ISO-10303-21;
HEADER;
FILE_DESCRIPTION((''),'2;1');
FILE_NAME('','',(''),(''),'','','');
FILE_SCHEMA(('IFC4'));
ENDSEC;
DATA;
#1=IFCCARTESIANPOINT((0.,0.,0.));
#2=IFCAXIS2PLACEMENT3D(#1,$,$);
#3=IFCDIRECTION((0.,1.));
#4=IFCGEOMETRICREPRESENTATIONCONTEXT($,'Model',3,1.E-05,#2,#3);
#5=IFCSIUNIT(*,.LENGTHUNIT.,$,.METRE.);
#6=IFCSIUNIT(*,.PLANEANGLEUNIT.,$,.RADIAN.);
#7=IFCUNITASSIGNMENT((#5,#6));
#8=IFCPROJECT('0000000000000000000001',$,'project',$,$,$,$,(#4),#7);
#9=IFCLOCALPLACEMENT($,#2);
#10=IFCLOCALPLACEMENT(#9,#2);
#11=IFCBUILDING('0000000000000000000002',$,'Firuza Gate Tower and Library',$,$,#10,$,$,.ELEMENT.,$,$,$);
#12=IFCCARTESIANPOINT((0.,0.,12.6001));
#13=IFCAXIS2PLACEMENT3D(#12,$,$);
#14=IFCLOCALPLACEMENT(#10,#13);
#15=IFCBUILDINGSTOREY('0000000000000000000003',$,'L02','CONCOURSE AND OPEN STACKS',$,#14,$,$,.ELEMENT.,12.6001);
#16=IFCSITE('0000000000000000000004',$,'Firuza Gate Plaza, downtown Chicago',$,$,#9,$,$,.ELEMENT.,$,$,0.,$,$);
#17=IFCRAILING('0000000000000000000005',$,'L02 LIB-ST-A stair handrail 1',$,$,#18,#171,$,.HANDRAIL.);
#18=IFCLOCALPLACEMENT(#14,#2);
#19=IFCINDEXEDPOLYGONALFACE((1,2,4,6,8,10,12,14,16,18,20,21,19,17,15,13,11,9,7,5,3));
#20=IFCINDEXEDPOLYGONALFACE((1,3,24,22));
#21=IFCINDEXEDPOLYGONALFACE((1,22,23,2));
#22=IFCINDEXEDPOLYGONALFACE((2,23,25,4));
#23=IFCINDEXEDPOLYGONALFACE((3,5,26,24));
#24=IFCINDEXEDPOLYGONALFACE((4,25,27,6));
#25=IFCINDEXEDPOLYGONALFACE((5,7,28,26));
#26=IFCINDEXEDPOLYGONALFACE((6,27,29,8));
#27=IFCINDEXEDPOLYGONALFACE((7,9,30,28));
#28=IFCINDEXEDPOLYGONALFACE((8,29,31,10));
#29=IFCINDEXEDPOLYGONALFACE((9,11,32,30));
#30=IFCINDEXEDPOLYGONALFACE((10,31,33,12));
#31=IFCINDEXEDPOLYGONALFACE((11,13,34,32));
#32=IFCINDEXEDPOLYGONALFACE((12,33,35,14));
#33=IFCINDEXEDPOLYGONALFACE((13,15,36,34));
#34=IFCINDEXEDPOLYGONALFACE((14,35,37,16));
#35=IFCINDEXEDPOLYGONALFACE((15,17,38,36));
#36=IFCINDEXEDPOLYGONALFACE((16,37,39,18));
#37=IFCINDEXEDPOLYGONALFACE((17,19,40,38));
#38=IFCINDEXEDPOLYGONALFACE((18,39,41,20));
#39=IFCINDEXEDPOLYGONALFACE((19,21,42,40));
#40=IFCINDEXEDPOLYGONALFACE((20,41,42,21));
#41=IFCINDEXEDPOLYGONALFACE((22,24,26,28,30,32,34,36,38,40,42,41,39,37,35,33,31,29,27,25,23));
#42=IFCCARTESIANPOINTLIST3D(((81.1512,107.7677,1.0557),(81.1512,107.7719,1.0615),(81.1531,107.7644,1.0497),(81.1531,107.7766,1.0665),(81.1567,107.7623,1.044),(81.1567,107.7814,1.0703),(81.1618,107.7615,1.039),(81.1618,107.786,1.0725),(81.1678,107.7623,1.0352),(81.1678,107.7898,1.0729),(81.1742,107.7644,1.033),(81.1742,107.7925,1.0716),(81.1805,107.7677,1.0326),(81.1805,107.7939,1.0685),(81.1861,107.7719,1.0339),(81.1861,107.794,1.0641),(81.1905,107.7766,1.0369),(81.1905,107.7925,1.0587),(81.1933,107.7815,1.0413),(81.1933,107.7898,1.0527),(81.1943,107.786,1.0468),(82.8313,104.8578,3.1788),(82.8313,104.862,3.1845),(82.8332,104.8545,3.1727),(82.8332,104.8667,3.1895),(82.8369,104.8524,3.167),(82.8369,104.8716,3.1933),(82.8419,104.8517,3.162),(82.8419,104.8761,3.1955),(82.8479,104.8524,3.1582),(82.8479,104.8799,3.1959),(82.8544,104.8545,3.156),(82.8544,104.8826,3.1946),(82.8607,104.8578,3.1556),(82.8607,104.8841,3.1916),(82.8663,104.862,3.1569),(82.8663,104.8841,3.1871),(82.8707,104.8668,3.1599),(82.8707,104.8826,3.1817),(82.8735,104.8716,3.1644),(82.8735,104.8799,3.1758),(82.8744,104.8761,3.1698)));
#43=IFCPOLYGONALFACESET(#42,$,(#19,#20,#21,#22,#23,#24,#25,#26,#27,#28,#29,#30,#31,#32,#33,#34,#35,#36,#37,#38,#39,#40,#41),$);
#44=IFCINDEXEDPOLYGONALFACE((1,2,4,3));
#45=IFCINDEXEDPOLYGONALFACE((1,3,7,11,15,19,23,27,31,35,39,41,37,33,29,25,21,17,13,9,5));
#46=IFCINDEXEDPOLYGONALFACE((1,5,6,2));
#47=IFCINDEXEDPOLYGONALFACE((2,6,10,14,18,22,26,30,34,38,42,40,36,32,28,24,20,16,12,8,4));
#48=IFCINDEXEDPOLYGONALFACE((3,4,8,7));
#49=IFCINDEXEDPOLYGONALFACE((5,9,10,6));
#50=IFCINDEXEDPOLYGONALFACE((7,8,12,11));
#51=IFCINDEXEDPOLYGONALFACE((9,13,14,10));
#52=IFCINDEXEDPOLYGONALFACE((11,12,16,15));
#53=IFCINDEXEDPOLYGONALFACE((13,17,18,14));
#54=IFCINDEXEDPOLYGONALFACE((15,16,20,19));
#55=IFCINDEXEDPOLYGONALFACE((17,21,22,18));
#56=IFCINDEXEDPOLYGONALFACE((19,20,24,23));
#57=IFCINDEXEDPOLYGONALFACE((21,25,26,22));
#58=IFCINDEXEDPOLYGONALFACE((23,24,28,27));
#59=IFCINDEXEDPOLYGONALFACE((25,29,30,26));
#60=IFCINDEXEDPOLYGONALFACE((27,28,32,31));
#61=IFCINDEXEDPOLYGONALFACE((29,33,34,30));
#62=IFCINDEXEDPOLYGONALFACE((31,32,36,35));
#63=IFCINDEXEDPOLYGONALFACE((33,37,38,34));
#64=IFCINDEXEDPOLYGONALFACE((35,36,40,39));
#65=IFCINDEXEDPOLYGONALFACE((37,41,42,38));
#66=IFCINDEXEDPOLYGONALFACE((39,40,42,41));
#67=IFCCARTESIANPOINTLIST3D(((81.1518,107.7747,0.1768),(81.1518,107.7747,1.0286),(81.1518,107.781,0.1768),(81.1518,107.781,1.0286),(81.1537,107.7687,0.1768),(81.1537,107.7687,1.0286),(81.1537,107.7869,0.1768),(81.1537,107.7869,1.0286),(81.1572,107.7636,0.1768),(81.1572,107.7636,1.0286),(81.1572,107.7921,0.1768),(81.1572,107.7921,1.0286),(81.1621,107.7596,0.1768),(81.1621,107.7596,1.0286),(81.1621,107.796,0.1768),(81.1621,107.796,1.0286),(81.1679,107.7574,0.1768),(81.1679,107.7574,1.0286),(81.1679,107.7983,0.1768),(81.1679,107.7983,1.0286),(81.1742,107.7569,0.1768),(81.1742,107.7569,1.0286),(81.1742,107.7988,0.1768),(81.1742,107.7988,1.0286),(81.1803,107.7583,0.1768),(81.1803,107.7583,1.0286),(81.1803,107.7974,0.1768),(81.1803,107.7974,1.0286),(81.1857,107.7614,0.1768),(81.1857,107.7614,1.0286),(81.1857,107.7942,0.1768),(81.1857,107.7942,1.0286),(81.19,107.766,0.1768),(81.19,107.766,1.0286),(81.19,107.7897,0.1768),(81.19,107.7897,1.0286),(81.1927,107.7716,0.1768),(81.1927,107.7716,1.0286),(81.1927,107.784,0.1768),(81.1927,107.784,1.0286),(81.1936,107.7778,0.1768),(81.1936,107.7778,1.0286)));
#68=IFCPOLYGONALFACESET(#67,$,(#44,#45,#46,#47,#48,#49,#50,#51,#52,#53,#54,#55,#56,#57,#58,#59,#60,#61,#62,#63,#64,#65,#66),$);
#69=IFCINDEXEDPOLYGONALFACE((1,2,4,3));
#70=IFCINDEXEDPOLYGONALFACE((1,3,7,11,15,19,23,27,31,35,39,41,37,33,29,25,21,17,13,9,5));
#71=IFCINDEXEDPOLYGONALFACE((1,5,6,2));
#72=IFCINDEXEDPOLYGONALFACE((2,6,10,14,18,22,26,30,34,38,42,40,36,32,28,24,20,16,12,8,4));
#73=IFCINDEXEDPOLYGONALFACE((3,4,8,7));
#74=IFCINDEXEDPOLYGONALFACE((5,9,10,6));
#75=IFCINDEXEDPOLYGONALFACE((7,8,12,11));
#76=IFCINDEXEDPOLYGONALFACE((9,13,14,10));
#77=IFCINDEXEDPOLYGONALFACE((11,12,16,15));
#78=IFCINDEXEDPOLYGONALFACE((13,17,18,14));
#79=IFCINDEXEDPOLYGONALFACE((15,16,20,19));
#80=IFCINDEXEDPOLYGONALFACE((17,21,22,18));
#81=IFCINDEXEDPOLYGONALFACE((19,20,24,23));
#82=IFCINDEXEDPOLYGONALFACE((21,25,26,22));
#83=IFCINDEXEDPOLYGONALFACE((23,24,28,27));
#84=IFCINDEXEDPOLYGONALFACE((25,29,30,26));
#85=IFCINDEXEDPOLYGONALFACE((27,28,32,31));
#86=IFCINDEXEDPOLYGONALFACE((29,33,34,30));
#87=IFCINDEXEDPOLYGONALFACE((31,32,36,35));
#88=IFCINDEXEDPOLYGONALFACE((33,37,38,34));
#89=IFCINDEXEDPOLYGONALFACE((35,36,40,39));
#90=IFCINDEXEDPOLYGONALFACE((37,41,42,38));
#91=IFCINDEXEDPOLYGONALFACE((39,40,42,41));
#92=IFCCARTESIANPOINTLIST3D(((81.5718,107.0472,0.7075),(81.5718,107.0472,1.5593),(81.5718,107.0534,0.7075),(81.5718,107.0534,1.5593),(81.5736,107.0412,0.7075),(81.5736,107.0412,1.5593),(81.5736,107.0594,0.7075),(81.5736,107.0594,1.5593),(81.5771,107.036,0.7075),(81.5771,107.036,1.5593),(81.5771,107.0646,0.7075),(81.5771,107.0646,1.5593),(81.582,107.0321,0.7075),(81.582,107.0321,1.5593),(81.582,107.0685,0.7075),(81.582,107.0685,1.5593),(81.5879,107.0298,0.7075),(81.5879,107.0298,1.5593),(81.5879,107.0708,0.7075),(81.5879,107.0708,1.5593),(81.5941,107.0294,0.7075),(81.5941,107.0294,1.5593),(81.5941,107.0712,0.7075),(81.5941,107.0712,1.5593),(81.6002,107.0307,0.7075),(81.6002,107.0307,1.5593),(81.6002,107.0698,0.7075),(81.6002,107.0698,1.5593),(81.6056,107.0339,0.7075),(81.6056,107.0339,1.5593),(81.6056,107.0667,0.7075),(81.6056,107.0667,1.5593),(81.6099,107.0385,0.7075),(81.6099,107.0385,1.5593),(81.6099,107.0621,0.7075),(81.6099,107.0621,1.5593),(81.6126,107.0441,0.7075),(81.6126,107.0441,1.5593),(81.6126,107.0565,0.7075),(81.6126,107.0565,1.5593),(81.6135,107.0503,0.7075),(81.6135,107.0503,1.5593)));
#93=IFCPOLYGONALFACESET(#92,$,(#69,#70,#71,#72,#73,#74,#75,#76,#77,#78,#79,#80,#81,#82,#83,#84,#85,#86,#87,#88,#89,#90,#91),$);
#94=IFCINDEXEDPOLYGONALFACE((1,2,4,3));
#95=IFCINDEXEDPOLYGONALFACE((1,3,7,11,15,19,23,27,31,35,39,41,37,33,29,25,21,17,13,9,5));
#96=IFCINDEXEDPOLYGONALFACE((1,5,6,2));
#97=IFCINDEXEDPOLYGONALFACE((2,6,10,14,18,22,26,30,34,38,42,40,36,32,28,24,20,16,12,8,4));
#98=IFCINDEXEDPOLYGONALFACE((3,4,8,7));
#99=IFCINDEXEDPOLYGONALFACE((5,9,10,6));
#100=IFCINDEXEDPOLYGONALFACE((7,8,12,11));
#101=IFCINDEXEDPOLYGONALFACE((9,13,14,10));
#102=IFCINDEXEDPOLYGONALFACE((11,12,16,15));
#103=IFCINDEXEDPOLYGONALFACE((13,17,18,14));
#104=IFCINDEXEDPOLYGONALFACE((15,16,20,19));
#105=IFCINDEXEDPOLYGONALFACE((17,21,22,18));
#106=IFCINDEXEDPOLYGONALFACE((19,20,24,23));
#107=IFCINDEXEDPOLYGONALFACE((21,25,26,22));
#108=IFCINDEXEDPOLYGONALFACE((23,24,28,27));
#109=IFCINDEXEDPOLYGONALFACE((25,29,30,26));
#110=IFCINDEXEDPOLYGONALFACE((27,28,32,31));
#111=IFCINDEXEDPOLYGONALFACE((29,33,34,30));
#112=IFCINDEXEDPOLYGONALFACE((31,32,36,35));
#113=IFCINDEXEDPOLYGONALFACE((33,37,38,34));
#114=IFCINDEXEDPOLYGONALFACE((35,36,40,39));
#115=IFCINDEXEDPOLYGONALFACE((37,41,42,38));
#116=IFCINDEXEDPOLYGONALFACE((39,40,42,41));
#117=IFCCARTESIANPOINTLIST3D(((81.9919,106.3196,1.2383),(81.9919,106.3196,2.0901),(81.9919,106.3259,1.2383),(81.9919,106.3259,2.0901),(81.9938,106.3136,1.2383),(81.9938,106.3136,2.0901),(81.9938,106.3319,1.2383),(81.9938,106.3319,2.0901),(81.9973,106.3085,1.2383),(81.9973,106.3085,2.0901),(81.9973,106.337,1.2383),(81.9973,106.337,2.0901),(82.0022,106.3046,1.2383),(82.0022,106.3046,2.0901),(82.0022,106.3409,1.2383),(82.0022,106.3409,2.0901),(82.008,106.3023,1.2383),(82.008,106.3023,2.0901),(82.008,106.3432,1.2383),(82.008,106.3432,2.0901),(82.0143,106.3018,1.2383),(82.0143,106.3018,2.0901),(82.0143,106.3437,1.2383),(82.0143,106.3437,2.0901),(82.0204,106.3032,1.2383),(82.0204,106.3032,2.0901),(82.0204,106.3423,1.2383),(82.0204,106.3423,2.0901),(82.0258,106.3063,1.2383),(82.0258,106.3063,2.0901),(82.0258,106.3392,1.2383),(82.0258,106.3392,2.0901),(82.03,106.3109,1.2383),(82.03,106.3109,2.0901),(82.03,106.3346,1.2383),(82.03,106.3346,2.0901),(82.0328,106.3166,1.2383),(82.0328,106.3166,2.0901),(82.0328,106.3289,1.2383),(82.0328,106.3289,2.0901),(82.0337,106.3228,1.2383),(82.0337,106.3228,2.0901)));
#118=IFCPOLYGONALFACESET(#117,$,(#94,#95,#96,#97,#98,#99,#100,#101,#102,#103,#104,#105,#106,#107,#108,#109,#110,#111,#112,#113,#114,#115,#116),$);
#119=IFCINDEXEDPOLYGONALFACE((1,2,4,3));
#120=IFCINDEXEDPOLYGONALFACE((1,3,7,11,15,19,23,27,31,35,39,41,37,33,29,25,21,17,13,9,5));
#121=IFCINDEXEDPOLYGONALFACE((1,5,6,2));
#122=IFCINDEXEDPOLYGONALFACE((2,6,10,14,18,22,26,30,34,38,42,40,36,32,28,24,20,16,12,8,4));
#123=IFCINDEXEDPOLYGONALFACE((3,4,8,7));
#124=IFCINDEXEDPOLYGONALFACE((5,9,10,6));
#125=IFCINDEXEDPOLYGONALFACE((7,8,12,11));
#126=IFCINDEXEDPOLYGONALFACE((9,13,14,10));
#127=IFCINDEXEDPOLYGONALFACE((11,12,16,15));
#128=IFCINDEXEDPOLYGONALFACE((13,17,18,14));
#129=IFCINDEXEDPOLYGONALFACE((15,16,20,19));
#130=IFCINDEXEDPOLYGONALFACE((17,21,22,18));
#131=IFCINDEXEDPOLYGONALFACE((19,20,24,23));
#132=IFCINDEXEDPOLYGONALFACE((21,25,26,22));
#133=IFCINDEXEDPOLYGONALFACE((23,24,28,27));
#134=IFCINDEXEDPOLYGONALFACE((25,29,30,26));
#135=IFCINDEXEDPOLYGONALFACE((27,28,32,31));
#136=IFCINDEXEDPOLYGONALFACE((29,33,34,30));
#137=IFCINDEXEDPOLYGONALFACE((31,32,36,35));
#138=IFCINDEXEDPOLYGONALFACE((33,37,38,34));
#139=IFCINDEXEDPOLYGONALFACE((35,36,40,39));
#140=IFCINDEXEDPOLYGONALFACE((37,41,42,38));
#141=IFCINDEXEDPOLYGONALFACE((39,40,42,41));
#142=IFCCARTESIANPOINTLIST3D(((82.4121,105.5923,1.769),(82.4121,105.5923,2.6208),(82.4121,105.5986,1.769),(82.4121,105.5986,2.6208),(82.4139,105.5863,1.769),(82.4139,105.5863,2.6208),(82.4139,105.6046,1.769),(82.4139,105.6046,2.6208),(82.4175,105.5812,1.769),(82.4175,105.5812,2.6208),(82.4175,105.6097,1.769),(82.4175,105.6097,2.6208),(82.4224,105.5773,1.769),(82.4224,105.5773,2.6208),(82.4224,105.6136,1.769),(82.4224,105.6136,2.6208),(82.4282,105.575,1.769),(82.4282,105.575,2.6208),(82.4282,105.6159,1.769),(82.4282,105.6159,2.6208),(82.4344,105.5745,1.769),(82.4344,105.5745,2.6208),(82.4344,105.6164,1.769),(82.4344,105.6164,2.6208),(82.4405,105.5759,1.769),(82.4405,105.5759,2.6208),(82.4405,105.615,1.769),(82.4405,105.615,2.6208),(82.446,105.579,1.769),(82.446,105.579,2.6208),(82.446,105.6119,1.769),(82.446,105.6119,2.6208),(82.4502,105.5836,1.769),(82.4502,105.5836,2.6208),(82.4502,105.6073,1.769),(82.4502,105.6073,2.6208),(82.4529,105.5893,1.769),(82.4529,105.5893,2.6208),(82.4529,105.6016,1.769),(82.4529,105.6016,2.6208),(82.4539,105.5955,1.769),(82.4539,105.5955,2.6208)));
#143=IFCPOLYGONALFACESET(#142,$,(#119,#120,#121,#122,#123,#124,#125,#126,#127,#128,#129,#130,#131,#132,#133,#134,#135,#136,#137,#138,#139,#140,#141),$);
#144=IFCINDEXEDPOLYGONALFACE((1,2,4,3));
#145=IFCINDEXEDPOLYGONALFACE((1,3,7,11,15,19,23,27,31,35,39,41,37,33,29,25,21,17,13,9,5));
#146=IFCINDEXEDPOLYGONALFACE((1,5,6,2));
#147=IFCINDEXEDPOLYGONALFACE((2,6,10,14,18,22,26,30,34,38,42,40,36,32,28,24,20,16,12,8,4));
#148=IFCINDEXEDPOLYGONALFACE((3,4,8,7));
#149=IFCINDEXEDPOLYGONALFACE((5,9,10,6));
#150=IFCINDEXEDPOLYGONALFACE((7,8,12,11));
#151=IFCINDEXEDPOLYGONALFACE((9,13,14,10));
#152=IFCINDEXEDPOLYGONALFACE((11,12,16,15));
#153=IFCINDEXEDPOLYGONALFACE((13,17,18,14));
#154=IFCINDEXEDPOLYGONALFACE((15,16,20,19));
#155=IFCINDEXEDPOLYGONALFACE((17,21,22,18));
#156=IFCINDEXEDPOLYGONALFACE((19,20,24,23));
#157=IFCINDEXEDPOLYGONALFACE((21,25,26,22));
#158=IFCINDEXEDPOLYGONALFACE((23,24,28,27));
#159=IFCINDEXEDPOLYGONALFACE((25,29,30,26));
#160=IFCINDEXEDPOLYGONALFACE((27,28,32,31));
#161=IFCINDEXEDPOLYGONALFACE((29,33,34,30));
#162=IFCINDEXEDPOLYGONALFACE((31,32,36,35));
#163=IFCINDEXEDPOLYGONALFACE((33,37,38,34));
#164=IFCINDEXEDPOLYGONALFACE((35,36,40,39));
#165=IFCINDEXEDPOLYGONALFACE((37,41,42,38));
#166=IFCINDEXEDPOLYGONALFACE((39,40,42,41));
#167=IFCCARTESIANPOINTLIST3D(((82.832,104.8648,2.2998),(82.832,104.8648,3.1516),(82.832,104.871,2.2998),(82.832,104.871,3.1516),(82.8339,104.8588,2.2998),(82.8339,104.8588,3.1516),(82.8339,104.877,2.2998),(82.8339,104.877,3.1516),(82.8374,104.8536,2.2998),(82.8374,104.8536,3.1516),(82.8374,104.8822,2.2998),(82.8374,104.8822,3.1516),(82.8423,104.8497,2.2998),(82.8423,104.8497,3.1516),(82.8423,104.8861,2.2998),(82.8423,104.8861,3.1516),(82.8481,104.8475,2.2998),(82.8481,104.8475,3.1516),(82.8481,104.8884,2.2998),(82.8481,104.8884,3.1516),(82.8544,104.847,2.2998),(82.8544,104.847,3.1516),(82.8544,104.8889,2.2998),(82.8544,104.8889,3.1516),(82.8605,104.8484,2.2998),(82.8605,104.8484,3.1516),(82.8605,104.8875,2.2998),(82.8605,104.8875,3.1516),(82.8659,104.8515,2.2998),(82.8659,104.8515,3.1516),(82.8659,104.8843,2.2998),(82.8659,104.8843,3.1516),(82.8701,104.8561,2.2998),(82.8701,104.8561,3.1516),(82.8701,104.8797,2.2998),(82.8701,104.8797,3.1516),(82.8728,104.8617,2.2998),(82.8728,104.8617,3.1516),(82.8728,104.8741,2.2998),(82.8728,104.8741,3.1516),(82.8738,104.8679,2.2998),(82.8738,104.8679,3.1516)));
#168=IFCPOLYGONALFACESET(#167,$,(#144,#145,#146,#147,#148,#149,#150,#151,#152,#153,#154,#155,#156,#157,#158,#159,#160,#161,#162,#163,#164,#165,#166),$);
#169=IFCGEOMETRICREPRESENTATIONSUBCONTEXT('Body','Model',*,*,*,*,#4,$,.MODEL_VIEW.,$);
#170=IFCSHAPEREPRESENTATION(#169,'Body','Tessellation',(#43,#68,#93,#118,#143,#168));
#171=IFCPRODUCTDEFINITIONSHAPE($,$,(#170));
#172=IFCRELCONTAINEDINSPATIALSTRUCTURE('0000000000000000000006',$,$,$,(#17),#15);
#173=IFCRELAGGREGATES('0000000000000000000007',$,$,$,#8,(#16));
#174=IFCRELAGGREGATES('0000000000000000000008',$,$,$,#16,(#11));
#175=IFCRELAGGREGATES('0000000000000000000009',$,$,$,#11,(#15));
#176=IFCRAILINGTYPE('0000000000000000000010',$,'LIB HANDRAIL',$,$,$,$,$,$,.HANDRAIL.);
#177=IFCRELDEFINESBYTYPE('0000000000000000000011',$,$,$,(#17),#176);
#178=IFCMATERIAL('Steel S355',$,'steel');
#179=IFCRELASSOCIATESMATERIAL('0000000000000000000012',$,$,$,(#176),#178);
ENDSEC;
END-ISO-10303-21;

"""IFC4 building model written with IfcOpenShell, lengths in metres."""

from ifc_helpers import new_model, si_unit, direction, frame, origin, origin_2d, place, context, subcontext, project, spatial, circle, extrude, material, type_object, element, save


model = new_model("IFC4")

# Units and contexts
model_context = context("Model", 3, precision=1e-05, world=origin(), true_north=direction((0.0, 1.0)))
body_context = subcontext(model_context, "Body", "Model", "MODEL_VIEW")
ifc_project = project(units=[si_unit("LENGTHUNIT", "METRE"), si_unit("PLANEANGLEUNIT", "RADIAN")], contexts=[model_context])

# Site, building, storey
site_placement = place(None, origin())
site = spatial("IfcSite", under=ifc_project, at=site_placement, Name="Firuza Gate Plaza, downtown Chicago", CompositionType="ELEMENT", RefElevation=0.0)
building_placement = place(site_placement, origin())
building = spatial("IfcBuilding", under=site, at=building_placement, Name="Firuza Gate Tower and Library", CompositionType="ELEMENT")
storey_placement = place(building_placement, frame((0.0, 0.0, 12.6001)))
storey = spatial("IfcBuildingStorey", under=building, at=storey_placement, Name="L02", Description="CONCOURSE AND OPEN STACKS", CompositionType="ELEMENT", Elevation=12.6001)

# Railing
ifc_material_1 = material(Name="Steel S355", Category="steel")
railing_type_1 = type_object("IfcRailingType", Name="LIB HANDRAIL", PredefinedType="HANDRAIL", material=ifc_material_1)
railing_1_placement = place(storey_placement, frame((81.1726, 107.7778, 0.1768)))
element("IfcRailing", 1, at=railing_1_placement, inside=storey, type_object=railing_type_1, Name="L02 LIB-ST-A stair handrail 1", PredefinedType="HANDRAIL", context=body_context, shape_type="SweptSolid", body=[
    extrude(circle(Radius=0.0239, at=origin_2d()), frame((0.0, 0.0, 0.876), z_axis=(0.422722, -0.732116, 0.534146), x_axis=(0.866008, 0.500031, 0.0)), (0.0, 0.0, 1.0), 3.9746),
    extrude(circle(Radius=0.021, at=origin_2d()), origin(), (0.0, 0.0, 1.0), 0.8518),
    extrude(circle(Radius=0.021, at=origin_2d()), frame((0.4199, -0.7275, 0.5308)), (0.0, 0.0, 1.0), 0.8518),
    extrude(circle(Radius=0.021, at=origin_2d()), frame((0.8401, -1.4551, 1.0615)), (0.0, 0.0, 1.0), 0.8518),
    extrude(circle(Radius=0.021, at=origin_2d()), frame((1.2603, -2.1824, 1.5923)), (0.0, 0.0, 1.0), 0.8518),
    extrude(circle(Radius=0.021, at=origin_2d()), frame((1.6802, -2.9099, 2.123)), (0.0, 0.0, 1.0), 0.8518),
])

save(model, "model.ifc")
